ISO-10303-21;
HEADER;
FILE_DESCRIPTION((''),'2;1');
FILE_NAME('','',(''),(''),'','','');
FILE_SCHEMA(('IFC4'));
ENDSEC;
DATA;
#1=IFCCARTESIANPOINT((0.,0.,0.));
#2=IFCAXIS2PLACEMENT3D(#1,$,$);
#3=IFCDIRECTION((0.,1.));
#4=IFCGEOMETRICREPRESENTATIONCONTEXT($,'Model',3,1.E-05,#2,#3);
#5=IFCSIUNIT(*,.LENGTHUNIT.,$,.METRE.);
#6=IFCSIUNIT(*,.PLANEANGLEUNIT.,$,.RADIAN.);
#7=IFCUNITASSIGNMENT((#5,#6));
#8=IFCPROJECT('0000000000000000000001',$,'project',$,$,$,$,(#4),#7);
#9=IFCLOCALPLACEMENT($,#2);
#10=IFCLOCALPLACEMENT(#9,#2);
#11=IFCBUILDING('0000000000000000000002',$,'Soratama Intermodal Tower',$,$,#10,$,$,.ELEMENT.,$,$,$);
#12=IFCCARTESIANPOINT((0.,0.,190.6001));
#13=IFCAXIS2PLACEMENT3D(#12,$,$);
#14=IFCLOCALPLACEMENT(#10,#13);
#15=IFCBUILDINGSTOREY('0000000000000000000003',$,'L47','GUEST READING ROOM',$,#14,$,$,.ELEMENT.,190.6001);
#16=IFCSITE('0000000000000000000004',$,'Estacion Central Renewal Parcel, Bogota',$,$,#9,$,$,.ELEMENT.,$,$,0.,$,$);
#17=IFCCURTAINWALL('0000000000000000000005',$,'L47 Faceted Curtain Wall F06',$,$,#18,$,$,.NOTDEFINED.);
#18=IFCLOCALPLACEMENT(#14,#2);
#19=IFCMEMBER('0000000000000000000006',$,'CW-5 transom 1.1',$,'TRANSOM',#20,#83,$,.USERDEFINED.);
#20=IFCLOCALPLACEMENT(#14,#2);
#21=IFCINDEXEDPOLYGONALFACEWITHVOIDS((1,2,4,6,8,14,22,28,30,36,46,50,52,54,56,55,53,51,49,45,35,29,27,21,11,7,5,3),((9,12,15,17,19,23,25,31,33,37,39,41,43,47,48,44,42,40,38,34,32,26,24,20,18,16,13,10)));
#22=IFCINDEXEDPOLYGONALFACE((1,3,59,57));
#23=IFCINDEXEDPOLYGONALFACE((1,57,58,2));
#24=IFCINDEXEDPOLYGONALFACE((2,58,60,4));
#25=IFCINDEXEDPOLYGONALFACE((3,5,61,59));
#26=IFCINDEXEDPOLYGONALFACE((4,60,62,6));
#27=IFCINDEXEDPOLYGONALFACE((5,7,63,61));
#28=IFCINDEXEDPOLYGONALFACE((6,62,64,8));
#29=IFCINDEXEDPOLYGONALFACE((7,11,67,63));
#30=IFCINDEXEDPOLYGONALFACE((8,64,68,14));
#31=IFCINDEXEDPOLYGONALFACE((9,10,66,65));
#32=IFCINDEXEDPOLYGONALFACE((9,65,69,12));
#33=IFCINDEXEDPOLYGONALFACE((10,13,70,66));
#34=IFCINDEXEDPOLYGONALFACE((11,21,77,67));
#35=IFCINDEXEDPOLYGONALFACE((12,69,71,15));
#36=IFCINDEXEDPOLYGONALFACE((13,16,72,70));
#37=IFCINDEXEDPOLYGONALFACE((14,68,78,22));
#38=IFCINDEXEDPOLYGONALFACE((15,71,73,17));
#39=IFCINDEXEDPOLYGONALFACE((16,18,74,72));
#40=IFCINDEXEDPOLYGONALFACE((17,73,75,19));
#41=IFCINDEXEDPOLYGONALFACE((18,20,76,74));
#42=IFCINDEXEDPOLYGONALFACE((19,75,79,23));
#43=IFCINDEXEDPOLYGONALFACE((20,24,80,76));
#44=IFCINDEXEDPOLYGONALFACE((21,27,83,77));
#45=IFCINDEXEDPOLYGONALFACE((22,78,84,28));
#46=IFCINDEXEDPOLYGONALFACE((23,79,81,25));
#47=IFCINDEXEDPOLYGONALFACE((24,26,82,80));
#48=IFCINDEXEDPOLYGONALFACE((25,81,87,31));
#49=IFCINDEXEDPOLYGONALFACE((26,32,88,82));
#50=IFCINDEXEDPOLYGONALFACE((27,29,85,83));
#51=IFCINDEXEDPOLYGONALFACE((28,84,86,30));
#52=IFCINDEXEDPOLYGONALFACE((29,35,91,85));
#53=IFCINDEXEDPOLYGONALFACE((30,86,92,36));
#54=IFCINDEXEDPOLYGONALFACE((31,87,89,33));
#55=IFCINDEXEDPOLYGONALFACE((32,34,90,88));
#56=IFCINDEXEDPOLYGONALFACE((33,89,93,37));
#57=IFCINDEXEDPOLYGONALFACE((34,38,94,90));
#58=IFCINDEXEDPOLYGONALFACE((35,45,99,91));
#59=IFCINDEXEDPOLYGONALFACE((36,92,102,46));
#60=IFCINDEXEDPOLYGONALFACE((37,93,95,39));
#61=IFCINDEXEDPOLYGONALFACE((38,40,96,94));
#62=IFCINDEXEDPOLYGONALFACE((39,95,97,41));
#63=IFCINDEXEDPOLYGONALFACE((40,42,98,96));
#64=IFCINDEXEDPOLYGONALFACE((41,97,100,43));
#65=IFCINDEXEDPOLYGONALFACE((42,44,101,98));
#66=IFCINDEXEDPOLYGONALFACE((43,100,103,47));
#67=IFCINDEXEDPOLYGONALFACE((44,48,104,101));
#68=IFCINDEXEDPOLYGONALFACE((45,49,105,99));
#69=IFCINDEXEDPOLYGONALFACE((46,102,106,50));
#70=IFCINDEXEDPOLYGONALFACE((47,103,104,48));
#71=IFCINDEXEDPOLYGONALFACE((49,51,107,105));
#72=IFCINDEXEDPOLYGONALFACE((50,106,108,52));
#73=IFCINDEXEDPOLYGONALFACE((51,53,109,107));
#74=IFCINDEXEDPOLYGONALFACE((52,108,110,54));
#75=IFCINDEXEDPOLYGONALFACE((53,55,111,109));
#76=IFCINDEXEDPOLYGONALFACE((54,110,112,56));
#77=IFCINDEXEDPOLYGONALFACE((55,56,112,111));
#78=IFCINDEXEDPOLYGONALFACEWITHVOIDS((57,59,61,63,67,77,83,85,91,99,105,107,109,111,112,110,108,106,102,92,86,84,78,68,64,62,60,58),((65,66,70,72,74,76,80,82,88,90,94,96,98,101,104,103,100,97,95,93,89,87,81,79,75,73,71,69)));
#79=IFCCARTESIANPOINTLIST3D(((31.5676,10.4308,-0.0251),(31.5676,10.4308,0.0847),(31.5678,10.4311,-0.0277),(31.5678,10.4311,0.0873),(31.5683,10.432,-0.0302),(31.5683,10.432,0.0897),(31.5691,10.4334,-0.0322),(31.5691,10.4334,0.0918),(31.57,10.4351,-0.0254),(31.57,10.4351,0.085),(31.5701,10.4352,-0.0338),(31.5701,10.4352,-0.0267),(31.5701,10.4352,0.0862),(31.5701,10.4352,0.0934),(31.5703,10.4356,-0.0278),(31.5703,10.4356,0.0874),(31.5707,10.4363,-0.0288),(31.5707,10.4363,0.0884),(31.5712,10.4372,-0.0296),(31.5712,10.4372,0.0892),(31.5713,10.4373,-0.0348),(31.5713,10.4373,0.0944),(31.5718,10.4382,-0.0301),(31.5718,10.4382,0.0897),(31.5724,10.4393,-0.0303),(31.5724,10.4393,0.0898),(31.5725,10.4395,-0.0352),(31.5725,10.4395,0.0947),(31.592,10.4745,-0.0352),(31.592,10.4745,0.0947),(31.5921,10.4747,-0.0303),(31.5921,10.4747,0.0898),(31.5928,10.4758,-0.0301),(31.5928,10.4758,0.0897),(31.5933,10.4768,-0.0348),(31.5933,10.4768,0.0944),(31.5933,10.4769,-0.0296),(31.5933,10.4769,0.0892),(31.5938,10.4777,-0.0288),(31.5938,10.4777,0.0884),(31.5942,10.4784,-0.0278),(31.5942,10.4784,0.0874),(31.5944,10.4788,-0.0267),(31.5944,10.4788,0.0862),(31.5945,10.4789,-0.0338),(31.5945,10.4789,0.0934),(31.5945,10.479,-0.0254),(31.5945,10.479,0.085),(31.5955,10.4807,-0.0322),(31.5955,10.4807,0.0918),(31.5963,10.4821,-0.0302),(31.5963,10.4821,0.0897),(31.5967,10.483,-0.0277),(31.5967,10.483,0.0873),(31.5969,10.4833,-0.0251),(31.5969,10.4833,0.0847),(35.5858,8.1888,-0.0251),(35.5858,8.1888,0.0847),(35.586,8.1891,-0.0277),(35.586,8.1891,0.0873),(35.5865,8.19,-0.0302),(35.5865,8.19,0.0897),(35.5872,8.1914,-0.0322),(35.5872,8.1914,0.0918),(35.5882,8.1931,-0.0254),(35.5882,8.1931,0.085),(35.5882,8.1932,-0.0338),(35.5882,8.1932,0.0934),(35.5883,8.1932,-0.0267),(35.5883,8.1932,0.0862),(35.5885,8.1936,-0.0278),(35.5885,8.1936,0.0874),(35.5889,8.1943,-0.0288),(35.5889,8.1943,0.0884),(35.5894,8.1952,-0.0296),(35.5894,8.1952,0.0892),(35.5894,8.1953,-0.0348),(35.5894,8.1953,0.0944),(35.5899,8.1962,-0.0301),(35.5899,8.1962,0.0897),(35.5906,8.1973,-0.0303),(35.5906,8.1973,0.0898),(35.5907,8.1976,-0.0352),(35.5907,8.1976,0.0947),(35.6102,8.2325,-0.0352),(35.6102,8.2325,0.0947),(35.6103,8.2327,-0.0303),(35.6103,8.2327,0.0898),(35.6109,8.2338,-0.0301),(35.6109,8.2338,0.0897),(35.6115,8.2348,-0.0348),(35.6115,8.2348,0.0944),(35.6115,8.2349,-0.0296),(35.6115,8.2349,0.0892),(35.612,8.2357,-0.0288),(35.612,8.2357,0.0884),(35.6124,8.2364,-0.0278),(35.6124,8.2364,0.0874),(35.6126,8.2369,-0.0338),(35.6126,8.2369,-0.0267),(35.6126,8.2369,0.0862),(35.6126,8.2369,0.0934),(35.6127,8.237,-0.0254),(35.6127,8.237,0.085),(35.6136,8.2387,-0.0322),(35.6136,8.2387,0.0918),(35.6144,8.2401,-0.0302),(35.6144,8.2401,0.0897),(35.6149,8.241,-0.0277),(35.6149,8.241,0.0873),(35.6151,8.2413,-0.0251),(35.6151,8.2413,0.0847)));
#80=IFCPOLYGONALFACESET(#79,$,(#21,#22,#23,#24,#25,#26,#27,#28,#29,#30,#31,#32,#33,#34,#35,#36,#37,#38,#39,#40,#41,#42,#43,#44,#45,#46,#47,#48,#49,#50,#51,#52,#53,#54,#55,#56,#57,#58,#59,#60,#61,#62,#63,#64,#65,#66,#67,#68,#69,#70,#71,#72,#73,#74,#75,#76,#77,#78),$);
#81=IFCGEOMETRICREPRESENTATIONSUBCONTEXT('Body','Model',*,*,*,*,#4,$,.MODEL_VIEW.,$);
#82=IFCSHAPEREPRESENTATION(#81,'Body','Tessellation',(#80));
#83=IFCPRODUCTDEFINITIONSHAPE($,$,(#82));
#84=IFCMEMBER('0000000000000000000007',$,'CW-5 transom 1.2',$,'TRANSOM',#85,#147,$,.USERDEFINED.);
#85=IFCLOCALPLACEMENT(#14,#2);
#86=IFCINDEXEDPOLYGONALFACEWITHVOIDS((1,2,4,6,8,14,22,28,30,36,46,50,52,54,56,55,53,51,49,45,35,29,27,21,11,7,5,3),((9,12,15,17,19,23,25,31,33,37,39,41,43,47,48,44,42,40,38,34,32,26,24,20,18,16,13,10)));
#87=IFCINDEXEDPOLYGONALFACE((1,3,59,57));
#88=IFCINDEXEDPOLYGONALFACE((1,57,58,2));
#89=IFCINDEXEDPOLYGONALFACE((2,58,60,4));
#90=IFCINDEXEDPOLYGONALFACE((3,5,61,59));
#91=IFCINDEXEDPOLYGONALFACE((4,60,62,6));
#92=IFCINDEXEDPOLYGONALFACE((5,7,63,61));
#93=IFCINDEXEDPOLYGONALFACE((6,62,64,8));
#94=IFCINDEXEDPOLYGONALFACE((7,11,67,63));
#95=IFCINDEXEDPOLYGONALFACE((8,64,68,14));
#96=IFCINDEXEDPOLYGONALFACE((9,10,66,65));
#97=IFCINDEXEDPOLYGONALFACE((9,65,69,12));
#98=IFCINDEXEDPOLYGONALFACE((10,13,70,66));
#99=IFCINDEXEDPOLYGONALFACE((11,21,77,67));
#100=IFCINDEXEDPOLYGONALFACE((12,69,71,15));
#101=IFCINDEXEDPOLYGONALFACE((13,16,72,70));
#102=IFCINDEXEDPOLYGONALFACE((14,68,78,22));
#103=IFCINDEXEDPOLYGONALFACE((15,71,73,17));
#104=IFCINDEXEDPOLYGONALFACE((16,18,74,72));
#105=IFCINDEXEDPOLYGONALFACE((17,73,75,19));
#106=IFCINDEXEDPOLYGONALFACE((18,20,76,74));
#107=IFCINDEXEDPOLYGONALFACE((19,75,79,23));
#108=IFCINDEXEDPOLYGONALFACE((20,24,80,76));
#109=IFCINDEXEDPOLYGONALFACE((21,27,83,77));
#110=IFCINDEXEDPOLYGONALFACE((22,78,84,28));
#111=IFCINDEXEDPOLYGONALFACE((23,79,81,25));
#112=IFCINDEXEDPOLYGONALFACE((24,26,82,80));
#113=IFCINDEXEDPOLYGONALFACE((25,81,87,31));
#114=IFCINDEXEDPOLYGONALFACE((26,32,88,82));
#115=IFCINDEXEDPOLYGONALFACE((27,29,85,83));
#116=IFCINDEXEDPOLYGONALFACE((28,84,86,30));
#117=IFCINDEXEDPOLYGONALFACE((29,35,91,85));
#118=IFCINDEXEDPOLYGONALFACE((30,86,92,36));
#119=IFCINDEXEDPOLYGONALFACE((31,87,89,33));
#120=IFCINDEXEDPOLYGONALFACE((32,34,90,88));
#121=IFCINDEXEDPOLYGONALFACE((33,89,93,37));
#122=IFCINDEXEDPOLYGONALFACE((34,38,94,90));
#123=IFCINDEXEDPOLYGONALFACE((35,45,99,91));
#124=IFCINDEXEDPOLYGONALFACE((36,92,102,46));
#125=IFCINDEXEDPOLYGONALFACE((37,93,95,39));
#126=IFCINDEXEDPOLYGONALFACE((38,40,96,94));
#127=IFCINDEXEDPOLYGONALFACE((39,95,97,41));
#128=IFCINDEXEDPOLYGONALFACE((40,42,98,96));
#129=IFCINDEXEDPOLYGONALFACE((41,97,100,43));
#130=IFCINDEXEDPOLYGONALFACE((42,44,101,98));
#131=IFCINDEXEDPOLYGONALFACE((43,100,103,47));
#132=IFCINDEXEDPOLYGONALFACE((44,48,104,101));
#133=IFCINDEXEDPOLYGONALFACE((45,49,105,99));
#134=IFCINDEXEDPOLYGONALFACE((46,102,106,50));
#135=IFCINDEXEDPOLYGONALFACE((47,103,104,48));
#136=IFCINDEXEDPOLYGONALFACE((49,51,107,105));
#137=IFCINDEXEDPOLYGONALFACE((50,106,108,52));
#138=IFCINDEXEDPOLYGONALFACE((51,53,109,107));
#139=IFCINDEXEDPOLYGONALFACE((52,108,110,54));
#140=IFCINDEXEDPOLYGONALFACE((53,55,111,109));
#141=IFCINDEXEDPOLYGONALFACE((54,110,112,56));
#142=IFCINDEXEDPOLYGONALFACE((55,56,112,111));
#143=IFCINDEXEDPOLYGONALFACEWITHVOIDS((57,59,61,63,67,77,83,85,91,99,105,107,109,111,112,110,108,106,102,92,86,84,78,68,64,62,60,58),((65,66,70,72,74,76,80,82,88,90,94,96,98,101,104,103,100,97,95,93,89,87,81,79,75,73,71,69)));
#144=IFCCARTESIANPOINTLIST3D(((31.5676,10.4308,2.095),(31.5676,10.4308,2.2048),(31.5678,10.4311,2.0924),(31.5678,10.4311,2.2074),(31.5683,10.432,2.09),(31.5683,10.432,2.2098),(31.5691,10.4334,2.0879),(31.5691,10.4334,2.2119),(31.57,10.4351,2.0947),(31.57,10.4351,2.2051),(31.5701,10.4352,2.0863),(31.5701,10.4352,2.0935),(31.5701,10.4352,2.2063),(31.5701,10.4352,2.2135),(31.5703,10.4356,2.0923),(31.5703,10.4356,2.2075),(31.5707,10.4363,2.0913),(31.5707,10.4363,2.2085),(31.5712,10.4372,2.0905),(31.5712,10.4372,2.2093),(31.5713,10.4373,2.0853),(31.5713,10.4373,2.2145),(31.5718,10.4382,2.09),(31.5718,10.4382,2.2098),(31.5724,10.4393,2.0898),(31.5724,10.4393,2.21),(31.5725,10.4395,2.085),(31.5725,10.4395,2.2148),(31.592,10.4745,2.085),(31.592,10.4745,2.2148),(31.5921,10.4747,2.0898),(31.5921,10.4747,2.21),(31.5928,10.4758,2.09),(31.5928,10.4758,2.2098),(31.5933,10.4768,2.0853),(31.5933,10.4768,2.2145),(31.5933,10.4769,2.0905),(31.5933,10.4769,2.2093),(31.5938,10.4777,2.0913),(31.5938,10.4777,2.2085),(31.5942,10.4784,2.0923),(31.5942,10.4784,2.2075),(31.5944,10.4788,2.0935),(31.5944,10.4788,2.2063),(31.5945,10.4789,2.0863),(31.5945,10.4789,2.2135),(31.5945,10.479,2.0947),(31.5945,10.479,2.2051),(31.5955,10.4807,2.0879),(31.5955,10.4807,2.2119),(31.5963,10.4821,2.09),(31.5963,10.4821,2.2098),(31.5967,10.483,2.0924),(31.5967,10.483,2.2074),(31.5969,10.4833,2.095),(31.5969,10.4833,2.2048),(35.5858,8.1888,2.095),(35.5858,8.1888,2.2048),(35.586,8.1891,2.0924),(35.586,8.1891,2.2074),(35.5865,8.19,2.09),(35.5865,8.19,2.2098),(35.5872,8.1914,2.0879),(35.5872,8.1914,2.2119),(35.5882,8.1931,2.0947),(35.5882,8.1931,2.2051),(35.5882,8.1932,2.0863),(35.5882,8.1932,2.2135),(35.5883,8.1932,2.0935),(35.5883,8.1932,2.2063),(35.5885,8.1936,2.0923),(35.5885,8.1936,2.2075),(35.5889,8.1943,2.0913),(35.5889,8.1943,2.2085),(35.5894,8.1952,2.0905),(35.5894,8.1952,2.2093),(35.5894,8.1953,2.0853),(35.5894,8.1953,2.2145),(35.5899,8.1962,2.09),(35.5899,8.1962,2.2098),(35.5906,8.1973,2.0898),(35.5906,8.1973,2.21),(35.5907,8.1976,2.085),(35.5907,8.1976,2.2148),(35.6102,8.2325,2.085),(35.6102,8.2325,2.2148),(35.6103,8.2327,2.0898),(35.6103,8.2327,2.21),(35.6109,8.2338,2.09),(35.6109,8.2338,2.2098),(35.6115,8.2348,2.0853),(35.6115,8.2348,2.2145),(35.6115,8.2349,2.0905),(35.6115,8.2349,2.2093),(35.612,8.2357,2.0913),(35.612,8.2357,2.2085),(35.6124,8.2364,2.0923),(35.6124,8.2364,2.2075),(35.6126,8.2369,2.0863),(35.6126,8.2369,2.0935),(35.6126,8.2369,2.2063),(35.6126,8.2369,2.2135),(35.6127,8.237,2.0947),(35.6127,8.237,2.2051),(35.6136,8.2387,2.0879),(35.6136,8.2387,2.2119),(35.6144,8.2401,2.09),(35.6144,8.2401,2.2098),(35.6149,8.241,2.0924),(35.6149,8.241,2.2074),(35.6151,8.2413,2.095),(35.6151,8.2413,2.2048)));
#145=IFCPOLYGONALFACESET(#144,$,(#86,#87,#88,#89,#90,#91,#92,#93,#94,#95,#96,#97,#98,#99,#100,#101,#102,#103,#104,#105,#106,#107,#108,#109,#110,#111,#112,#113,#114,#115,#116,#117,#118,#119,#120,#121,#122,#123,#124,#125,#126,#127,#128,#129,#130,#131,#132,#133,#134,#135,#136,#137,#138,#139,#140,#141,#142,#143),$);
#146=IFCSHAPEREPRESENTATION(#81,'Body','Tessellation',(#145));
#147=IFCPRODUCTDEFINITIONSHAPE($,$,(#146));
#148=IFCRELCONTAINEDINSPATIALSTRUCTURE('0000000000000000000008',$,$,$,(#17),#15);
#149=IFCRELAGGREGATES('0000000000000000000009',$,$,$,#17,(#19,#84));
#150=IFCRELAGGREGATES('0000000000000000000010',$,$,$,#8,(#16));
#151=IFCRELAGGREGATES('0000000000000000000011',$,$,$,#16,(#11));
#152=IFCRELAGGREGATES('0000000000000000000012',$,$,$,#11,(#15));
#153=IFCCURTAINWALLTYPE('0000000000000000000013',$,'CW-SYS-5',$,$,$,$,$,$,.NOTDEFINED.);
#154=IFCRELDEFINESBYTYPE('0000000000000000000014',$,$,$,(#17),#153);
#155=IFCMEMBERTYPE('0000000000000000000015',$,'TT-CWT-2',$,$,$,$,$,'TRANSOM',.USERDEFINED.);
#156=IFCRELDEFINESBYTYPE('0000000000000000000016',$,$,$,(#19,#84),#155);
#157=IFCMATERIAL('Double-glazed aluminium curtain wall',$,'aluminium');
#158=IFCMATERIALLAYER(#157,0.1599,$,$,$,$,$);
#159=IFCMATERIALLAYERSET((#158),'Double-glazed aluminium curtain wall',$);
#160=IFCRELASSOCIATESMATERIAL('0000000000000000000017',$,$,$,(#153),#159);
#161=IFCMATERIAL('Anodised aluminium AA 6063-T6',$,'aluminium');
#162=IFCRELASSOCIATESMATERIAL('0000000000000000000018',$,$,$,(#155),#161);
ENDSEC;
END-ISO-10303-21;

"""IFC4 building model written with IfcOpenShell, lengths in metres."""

from ifc_helpers import new_model, si_unit, direction, frame, origin, origin_2d, place, context, subcontext, project, spatial, hollow_rectangle, extrude, material, layer, layer_set, material_profile, profile_set, type_object, element, aggregate, save


model = new_model("IFC4")

# Units and contexts
model_context = context("Model", 3, precision=1e-05, world=origin(), true_north=direction((0.0, 1.0)))
body_context = subcontext(model_context, "Body", "Model", "MODEL_VIEW")
ifc_project = project(units=[si_unit("LENGTHUNIT", "METRE"), si_unit("PLANEANGLEUNIT", "RADIAN")], contexts=[model_context])

# Site, building, storey
site_placement = place(None, origin())
site = spatial("IfcSite", under=ifc_project, at=site_placement, Name="Estacion Central Renewal Parcel, Bogota", CompositionType="ELEMENT", RefElevation=0.0)
building_placement = place(site_placement, origin())
building = spatial("IfcBuilding", under=site, at=building_placement, Name="Soratama Intermodal Tower", CompositionType="ELEMENT")
storey_placement = place(building_placement, frame((0.0, 0.0, 190.6001)))
storey = spatial("IfcBuildingStorey", under=building, at=storey_placement, Name="L47", Description="GUEST READING ROOM", CompositionType="ELEMENT", Elevation=190.6001)

# Curtain wall
ifc_material_1 = material(Name="Double-glazed aluminium curtain wall", Category="aluminium")
ifc_layer_1 = layer(ifc_material_1, 0.1599)
ifc_layer_set_1 = layer_set([ifc_layer_1], Name="Double-glazed aluminium curtain wall")
curtain_wall_type = type_object("IfcCurtainWallType", Name="CW-SYS-5", PredefinedType="NOTDEFINED", material=ifc_layer_set_1)
curtain_wall_1_placement = place(storey_placement, origin())
curtain_wall_1 = element("IfcCurtainWall", 1, at=curtain_wall_1_placement, inside=storey, type_object=curtain_wall_type, Name="L47 Faceted Curtain Wall F06", PredefinedType="NOTDEFINED")

# Members
ifc_material_2 = material(Name="Anodised aluminium AA 6063-T6", Category="aluminium")
ifc_material_profile_1 = material_profile(ifc_material_2, hollow_rectangle(XDim=0.0601, YDim=0.1299, WallThickness=0.0049, InnerFilletRadius=0.0049, OuterFilletRadius=0.01, at=origin_2d()), Name="CWT130X60X5")
ifc_profile_set_1 = profile_set([ifc_material_profile_1], Name="Anodised aluminium AA 6063-T6")
member_type_1 = type_object("IfcMemberType", Name="TT-CWT-2", ElementType="TRANSOM", PredefinedType="USERDEFINED", material=ifc_profile_set_1)
member_1_placement = place(storey_placement, frame((31.5823, 10.457, 0.0298), z_axis=(0.873262, -0.48725, 0.0), x_axis=(0.48725, 0.873262, 0.0)))
member_1 = element("IfcMember", 2, at=member_1_placement, type_object=member_type_1, Name="CW-5 transom 1.1", ObjectType="TRANSOM", PredefinedType="USERDEFINED", context=body_context, shape_type="SweptSolid", body=[
    extrude(hollow_rectangle(XDim=0.0601, YDim=0.1299, WallThickness=0.0049, InnerFilletRadius=0.0049, OuterFilletRadius=0.01, at=origin_2d()), origin(), (0.0, 0.0, 1.0), 4.6013),
])
member_2_placement = place(storey_placement, frame((31.5823, 10.457, 2.1499), z_axis=(0.873262, -0.48725, 0.0), x_axis=(0.48725, 0.873262, 0.0)))
member_2 = element("IfcMember", 3, at=member_2_placement, type_object=member_type_1, Name="CW-5 transom 1.2", ObjectType="TRANSOM", PredefinedType="USERDEFINED", context=body_context, shape_type="SweptSolid", body=[
    extrude(hollow_rectangle(XDim=0.0601, YDim=0.1299, WallThickness=0.0049, InnerFilletRadius=0.0049, OuterFilletRadius=0.01, at=origin_2d()), origin(), (0.0, 0.0, 1.0), 4.6013),
])
aggregate(curtain_wall_1, [member_1, member_2])

save(model, "model.ifc")
